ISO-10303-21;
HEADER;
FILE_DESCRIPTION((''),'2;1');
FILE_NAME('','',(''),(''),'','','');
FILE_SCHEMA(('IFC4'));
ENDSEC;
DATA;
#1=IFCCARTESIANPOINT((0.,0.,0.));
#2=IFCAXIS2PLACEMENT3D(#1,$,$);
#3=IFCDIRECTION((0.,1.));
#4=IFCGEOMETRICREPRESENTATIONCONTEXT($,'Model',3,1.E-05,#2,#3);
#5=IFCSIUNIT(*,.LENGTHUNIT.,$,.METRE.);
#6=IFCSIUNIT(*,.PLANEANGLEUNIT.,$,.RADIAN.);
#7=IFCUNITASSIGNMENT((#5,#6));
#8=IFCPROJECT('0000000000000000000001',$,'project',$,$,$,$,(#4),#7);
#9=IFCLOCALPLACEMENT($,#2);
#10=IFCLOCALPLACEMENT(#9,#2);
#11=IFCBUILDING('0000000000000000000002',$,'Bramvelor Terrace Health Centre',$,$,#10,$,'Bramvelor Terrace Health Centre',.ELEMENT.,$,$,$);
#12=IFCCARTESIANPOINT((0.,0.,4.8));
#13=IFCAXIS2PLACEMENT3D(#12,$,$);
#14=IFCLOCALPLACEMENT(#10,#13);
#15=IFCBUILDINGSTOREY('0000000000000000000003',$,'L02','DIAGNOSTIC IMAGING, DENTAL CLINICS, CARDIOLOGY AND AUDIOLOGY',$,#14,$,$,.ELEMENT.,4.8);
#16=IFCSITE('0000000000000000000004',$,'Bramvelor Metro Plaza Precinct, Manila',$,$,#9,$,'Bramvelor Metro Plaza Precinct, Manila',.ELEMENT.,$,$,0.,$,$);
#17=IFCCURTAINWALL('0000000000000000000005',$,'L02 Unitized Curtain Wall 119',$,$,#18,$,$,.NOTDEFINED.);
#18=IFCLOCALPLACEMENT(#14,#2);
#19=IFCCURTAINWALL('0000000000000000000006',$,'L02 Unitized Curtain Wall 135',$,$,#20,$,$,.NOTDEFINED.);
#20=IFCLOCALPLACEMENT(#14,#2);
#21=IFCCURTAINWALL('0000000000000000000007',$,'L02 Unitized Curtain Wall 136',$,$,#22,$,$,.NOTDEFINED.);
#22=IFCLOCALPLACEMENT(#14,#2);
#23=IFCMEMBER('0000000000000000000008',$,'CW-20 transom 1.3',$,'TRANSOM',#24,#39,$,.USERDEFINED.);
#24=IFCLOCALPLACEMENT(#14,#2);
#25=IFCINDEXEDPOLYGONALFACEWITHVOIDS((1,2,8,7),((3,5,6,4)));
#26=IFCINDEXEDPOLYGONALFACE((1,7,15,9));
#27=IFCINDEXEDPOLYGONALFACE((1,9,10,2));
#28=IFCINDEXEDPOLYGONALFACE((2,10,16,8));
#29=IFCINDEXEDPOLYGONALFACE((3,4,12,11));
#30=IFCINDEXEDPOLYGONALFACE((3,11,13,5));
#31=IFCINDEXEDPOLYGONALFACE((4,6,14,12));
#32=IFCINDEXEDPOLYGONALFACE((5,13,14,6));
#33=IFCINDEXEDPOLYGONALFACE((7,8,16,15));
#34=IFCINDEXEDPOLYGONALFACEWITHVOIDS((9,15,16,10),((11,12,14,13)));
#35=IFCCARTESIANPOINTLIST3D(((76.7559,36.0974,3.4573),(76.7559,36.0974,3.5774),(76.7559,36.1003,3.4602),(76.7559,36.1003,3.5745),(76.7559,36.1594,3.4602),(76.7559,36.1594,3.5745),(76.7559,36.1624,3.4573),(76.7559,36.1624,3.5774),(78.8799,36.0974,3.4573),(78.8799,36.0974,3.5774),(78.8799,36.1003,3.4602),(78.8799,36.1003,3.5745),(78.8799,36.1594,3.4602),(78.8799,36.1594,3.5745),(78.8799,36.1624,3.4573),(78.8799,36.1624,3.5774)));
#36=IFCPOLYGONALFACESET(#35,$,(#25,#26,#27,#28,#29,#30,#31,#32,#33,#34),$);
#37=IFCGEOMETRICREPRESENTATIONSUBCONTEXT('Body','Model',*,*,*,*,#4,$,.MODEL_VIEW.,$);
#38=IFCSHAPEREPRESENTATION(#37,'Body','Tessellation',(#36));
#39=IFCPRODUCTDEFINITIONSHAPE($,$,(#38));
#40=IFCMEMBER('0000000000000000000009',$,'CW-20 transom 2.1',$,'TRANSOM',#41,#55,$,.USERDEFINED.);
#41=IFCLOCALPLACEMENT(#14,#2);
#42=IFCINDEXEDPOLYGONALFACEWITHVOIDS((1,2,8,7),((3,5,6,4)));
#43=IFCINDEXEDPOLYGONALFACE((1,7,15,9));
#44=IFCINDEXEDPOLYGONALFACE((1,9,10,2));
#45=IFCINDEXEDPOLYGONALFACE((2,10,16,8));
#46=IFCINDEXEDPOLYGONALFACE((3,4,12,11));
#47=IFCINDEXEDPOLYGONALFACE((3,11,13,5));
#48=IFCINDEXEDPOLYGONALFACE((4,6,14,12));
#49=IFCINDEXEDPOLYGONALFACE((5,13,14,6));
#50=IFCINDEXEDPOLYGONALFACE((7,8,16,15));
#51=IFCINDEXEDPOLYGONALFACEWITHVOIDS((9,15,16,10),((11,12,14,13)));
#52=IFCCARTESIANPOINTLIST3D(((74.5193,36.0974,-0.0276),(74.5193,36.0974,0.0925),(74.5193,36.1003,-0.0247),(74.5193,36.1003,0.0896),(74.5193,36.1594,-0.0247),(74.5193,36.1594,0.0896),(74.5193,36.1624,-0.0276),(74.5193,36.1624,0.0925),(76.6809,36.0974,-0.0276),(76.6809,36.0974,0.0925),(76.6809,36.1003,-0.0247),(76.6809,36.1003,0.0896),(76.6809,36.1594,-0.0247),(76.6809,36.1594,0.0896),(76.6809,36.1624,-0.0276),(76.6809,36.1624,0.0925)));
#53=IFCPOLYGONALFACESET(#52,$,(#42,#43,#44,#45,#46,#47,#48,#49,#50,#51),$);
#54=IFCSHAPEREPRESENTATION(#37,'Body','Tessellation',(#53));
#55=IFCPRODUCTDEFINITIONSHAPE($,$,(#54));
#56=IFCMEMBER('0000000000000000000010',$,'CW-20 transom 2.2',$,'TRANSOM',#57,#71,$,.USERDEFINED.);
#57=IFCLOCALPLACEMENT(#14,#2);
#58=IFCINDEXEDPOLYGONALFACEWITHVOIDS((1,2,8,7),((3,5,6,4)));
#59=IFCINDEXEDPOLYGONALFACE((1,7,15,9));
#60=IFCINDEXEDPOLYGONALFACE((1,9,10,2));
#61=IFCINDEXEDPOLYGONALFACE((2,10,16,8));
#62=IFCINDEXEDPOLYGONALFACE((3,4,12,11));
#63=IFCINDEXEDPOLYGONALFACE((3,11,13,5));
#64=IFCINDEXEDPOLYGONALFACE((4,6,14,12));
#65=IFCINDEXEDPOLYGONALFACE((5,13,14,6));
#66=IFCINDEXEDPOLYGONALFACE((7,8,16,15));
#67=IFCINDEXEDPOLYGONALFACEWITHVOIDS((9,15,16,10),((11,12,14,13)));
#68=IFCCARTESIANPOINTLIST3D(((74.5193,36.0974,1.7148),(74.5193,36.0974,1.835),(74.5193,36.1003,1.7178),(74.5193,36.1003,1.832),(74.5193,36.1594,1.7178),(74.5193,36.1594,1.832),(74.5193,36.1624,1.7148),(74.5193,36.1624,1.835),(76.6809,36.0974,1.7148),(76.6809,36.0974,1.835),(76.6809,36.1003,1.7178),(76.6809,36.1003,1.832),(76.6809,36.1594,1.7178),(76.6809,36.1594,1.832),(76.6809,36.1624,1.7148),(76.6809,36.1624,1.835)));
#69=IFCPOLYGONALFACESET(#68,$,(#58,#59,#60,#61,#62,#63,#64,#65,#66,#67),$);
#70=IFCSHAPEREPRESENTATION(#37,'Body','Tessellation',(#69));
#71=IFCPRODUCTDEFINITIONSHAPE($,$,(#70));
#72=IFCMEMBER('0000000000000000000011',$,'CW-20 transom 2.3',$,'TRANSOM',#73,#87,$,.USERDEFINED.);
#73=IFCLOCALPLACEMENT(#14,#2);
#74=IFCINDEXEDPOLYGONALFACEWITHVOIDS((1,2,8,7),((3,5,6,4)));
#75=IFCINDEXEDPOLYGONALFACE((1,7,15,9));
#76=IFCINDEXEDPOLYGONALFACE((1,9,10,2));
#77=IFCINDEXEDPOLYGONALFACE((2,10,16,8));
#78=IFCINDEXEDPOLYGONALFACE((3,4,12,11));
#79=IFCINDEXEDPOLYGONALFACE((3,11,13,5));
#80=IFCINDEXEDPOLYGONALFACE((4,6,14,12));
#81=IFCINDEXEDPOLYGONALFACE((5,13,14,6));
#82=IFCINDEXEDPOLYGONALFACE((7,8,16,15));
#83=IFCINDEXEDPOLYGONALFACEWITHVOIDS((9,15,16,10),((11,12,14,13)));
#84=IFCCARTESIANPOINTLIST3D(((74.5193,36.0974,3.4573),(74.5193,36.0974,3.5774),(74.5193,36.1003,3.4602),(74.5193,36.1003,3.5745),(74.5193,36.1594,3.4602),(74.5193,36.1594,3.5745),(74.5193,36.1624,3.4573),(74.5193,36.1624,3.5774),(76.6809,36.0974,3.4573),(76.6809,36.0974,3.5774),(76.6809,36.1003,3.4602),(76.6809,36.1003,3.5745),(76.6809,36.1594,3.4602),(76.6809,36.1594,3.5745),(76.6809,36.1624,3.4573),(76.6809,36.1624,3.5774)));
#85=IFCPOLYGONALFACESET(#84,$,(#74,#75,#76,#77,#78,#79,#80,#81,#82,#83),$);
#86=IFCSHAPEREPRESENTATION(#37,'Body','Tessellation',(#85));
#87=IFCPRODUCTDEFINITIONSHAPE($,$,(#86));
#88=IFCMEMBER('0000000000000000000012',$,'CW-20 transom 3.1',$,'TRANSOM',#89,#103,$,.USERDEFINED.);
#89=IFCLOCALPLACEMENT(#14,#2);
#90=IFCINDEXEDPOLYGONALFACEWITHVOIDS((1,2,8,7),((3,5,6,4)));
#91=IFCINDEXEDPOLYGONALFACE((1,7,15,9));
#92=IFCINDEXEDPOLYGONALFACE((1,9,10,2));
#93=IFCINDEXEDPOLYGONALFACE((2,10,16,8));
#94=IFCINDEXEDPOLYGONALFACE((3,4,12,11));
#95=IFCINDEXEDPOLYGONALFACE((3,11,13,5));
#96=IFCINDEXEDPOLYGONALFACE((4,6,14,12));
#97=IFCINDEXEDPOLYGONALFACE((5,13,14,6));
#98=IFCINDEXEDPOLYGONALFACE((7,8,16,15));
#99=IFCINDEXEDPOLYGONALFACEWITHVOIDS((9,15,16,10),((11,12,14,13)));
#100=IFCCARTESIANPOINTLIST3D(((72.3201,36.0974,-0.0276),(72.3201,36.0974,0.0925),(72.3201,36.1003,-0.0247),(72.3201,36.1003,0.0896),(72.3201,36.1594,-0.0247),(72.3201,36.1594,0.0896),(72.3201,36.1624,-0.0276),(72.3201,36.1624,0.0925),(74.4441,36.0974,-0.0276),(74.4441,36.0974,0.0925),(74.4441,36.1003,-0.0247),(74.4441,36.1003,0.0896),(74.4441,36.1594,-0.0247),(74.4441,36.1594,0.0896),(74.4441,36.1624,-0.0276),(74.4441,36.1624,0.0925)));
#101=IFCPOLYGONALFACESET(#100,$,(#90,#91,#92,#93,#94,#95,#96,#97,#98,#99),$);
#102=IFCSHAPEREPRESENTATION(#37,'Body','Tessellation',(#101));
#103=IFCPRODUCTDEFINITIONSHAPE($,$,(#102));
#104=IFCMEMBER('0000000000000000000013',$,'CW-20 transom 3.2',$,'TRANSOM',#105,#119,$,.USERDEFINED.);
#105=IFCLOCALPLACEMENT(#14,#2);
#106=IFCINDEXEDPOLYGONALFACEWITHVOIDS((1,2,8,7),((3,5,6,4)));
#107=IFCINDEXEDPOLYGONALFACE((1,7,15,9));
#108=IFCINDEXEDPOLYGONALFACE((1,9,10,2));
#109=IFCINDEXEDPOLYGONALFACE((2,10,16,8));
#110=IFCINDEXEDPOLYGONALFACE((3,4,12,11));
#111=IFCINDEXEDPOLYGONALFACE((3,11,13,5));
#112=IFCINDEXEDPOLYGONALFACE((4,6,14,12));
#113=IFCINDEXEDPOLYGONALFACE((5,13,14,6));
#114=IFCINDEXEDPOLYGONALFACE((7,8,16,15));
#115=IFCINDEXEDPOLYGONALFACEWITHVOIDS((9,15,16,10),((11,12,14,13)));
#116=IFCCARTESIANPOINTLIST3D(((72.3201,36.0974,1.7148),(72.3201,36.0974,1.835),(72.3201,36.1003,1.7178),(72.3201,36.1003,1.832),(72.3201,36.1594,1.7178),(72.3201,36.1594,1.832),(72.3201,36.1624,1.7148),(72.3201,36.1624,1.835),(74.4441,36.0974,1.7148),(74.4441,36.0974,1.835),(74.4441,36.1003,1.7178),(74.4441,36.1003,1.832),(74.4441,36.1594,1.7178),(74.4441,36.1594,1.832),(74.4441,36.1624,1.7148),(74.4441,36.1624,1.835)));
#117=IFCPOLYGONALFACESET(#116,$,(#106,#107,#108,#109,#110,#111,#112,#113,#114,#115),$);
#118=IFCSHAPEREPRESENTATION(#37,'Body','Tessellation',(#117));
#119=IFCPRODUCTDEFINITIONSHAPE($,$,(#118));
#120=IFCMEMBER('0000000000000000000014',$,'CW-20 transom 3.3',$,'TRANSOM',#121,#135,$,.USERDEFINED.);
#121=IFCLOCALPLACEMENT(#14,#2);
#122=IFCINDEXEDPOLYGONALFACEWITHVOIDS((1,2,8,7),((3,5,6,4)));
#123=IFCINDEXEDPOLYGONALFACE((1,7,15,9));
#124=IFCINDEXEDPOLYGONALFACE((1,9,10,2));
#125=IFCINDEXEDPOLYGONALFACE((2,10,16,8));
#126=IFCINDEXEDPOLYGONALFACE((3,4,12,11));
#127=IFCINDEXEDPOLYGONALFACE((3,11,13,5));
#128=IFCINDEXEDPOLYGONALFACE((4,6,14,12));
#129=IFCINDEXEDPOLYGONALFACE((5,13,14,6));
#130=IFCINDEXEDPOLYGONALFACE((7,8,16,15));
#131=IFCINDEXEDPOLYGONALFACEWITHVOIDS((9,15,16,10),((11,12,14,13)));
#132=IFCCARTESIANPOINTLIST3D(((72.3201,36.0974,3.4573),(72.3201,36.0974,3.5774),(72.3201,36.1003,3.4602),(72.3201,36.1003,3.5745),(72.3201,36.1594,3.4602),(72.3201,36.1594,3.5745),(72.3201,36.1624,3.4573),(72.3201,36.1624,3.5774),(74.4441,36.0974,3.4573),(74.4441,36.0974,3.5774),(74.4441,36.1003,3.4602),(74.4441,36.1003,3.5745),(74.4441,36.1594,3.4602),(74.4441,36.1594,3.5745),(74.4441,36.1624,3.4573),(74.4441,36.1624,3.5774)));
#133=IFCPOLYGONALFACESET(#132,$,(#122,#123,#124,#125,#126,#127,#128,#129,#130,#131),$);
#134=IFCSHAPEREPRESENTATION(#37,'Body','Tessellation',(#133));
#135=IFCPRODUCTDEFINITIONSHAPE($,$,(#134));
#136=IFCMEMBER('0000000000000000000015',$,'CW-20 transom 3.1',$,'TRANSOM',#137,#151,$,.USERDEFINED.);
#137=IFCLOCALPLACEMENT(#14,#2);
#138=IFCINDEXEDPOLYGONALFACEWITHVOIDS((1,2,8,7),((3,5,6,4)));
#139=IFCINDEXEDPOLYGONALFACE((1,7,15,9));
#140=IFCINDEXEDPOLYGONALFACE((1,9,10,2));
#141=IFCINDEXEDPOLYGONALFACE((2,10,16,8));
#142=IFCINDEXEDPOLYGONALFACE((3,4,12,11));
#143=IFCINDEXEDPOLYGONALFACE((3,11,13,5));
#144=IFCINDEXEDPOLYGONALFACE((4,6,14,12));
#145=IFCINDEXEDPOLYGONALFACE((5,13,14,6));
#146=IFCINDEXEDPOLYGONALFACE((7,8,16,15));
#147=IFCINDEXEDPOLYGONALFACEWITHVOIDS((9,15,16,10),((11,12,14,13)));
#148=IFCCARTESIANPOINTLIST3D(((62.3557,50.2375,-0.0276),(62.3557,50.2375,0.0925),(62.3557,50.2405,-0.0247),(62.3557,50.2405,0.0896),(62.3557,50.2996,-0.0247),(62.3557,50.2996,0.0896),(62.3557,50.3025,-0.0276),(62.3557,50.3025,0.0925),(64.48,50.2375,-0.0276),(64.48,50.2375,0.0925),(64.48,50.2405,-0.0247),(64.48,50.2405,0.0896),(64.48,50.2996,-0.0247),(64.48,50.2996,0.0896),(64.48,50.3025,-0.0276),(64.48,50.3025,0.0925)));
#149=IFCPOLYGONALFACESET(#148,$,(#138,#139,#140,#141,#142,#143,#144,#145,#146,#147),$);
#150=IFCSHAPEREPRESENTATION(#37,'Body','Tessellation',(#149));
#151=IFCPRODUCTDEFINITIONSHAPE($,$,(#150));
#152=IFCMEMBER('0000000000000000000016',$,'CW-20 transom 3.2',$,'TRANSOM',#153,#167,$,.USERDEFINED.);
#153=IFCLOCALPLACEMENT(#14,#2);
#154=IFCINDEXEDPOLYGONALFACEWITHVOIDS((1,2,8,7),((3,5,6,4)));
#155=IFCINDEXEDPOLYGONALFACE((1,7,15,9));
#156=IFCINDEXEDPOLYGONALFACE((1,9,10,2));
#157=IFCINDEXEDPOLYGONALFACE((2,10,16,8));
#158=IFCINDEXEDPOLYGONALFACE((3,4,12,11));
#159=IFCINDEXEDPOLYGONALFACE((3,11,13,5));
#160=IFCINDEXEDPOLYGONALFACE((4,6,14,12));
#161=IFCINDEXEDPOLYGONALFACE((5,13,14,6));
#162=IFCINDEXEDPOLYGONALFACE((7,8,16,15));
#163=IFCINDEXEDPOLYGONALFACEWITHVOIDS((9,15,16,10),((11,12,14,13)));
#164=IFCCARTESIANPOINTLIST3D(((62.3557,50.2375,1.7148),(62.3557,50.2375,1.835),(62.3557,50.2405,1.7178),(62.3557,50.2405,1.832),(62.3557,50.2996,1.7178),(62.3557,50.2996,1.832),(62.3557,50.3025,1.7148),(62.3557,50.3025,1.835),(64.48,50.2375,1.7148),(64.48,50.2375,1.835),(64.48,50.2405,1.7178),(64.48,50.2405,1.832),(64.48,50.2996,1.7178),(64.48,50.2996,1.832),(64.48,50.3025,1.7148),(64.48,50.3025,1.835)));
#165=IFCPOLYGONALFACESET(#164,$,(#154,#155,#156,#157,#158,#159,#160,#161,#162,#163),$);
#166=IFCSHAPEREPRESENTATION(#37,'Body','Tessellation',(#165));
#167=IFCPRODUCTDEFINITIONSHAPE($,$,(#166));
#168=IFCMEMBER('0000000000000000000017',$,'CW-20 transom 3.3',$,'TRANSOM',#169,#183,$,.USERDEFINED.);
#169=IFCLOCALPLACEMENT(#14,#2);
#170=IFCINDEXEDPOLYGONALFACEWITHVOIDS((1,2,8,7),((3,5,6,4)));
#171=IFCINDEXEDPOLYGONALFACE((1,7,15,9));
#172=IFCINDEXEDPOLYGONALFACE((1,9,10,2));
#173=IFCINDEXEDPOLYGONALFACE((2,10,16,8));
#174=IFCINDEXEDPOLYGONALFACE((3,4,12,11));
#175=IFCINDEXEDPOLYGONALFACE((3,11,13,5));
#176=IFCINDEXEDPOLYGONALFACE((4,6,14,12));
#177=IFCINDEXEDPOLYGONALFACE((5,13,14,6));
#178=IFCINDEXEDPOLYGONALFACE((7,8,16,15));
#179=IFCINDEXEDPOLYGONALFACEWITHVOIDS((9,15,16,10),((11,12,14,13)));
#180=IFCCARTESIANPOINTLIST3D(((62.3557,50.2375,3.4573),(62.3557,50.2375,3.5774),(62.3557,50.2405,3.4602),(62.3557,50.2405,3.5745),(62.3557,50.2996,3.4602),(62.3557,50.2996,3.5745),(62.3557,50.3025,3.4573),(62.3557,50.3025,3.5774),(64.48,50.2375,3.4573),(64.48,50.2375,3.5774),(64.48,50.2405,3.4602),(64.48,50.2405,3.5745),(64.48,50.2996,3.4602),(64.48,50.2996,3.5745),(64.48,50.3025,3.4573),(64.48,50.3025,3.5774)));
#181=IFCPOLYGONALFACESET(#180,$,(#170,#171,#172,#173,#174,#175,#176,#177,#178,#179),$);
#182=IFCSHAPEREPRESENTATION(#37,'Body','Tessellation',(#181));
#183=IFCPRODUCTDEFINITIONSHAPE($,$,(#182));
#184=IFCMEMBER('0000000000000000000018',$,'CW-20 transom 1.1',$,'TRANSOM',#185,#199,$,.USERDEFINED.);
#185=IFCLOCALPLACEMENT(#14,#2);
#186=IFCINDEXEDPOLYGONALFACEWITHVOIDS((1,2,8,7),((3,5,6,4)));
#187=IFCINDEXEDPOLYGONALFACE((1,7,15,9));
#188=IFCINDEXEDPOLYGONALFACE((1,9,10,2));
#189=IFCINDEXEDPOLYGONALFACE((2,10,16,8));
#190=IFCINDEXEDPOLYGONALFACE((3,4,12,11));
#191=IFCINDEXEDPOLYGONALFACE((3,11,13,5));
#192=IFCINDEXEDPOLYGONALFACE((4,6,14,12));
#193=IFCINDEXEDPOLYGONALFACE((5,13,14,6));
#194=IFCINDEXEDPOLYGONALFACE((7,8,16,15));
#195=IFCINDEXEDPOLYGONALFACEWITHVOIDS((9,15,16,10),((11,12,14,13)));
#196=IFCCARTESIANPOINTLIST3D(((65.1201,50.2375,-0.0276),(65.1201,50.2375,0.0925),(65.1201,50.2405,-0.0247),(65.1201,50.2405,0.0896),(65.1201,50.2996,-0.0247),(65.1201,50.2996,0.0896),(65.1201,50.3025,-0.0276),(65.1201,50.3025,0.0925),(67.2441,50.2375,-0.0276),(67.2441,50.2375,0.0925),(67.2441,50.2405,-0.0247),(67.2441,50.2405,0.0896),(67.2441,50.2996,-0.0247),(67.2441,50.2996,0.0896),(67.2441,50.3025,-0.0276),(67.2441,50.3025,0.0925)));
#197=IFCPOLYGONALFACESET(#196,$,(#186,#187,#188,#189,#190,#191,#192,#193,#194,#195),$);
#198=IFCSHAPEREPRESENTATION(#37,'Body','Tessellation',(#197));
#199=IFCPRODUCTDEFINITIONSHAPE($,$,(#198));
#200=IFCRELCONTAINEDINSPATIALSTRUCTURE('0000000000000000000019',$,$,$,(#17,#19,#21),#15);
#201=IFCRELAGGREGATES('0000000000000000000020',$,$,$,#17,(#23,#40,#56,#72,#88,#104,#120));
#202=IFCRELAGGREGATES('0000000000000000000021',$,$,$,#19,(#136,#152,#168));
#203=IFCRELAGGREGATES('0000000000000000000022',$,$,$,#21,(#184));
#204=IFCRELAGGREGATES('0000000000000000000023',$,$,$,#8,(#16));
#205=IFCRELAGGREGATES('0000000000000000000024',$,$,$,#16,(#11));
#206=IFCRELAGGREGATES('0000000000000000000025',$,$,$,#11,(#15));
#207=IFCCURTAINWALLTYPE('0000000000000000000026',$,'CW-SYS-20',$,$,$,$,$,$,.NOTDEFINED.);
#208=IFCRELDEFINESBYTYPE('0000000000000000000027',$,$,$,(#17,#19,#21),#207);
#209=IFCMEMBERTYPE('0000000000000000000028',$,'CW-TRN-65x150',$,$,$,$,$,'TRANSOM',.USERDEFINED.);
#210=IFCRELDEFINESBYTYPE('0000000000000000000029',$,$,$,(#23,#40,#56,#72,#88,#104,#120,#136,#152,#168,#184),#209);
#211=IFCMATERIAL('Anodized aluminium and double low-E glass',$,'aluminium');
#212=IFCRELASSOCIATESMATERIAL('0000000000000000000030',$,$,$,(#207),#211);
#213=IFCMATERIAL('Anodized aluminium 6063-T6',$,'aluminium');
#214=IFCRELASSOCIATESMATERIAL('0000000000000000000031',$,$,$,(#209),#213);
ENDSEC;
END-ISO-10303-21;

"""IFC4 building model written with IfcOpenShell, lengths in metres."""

from ifc_helpers import new_model, si_unit, direction, frame, origin, origin_2d, place, context, subcontext, project, spatial, hollow_rectangle, extrude, material, material_profile, profile_set, type_object, element, aggregate, save


model = new_model("IFC4")

# Units and contexts
model_context = context("Model", 3, precision=1e-05, world=origin(), true_north=direction((0.0, 1.0)))
body_context = subcontext(model_context, "Body", "Model", "MODEL_VIEW")
ifc_project = project(units=[si_unit("LENGTHUNIT", "METRE"), si_unit("PLANEANGLEUNIT", "RADIAN")], contexts=[model_context])

# Site, building, storey
site_placement = place(None, origin())
site = spatial("IfcSite", under=ifc_project, at=site_placement, Name="Bramvelor Metro Plaza Precinct, Manila", LongName="Bramvelor Metro Plaza Precinct, Manila", CompositionType="ELEMENT", RefElevation=0.0)
building_placement = place(site_placement, origin())
building = spatial("IfcBuilding", under=site, at=building_placement, Name="Bramvelor Terrace Health Centre", LongName="Bramvelor Terrace Health Centre", CompositionType="ELEMENT")
storey_placement = place(building_placement, frame((0.0, 0.0, 4.8)))
storey = spatial("IfcBuildingStorey", under=building, at=storey_placement, Name="L02", Description="DIAGNOSTIC IMAGING, DENTAL CLINICS, CARDIOLOGY AND AUDIOLOGY", CompositionType="ELEMENT", Elevation=4.8)

# Curtain walls
ifc_material_1 = material(Name="Anodized aluminium and double low-E glass", Category="aluminium")
curtain_wall_type = type_object("IfcCurtainWallType", Name="CW-SYS-20", PredefinedType="NOTDEFINED", material=ifc_material_1)
curtain_wall_1_placement = place(storey_placement, origin())
curtain_wall_1 = element("IfcCurtainWall", 1, at=curtain_wall_1_placement, inside=storey, type_object=curtain_wall_type, Name="L02 Unitized Curtain Wall 119", PredefinedType="NOTDEFINED")
curtain_wall_2_placement = place(storey_placement, origin())
curtain_wall_2 = element("IfcCurtainWall", 2, at=curtain_wall_2_placement, inside=storey, type_object=curtain_wall_type, Name="L02 Unitized Curtain Wall 135", PredefinedType="NOTDEFINED")
curtain_wall_3_placement = place(storey_placement, origin())
curtain_wall_3 = element("IfcCurtainWall", 3, at=curtain_wall_3_placement, inside=storey, type_object=curtain_wall_type, Name="L02 Unitized Curtain Wall 136", PredefinedType="NOTDEFINED")

# Members
ifc_material_2 = material(Name="Anodized aluminium 6063-T6", Category="aluminium")
ifc_material_profile_1 = material_profile(ifc_material_2, hollow_rectangle(XDim=0.0649, YDim=0.1201, WallThickness=0.0029, at=origin_2d()), Name="ALU-TRN 65x120x3.0")
ifc_profile_set_1 = profile_set([ifc_material_profile_1], Name="Anodized aluminium 6063-T6")
member_type_1 = type_object("IfcMemberType", Name="CW-TRN-65x150", ElementType="TRANSOM", PredefinedType="USERDEFINED", material=ifc_profile_set_1)
member_1_placement = place(storey_placement, frame((78.8799, 36.1299, 3.5173), z_axis=(-1.0, 0.0, 0.0), x_axis=(0.0, -1.0, 0.0)))
member_1 = element("IfcMember", 4, at=member_1_placement, type_object=member_type_1, Name="CW-20 transom 1.3", ObjectType="TRANSOM", PredefinedType="USERDEFINED", context=body_context, shape_type="SweptSolid", body=[
    extrude(hollow_rectangle(XDim=0.0649, YDim=0.1201, WallThickness=0.0029, at=origin_2d()), origin(), (0.0, 0.0, 1.0), 2.124),
])
member_2_placement = place(storey_placement, frame((76.6809, 36.1299, 0.0325), z_axis=(-1.0, 0.0, 0.0), x_axis=(0.0, -1.0, 0.0)))
member_2 = element("IfcMember", 5, at=member_2_placement, type_object=member_type_1, Name="CW-20 transom 2.1", ObjectType="TRANSOM", PredefinedType="USERDEFINED", context=body_context, shape_type="SweptSolid", body=[
    extrude(hollow_rectangle(XDim=0.0649, YDim=0.1201, WallThickness=0.0029, at=origin_2d()), origin(), (0.0, 0.0, 1.0), 2.1616),
])
member_3_placement = place(storey_placement, frame((76.6809, 36.1299, 1.7749), z_axis=(-1.0, 0.0, 0.0), x_axis=(0.0, -1.0, 0.0)))
member_3 = element("IfcMember", 6, at=member_3_placement, type_object=member_type_1, Name="CW-20 transom 2.2", ObjectType="TRANSOM", PredefinedType="USERDEFINED", context=body_context, shape_type="SweptSolid", body=[
    extrude(hollow_rectangle(XDim=0.0649, YDim=0.1201, WallThickness=0.0029, at=origin_2d()), origin(), (0.0, 0.0, 1.0), 2.1616),
])
member_4_placement = place(storey_placement, frame((76.6809, 36.1299, 3.5173), z_axis=(-1.0, 0.0, 0.0), x_axis=(0.0, -1.0, 0.0)))
member_4 = element("IfcMember", 7, at=member_4_placement, type_object=member_type_1, Name="CW-20 transom 2.3", ObjectType="TRANSOM", PredefinedType="USERDEFINED", context=body_context, shape_type="SweptSolid", body=[
    extrude(hollow_rectangle(XDim=0.0649, YDim=0.1201, WallThickness=0.0029, at=origin_2d()), origin(), (0.0, 0.0, 1.0), 2.1616),
])
member_5_placement = place(storey_placement, frame((74.4441, 36.1299, 0.0325), z_axis=(-1.0, 0.0, 0.0), x_axis=(0.0, -1.0, 0.0)))
member_5 = element("IfcMember", 8, at=member_5_placement, type_object=member_type_1, Name="CW-20 transom 3.1", ObjectType="TRANSOM", PredefinedType="USERDEFINED", context=body_context, shape_type="SweptSolid", body=[
    extrude(hollow_rectangle(XDim=0.0649, YDim=0.1201, WallThickness=0.0029, at=origin_2d()), origin(), (0.0, 0.0, 1.0), 2.124),
])
member_6_placement = place(storey_placement, frame((74.4441, 36.1299, 1.7749), z_axis=(-1.0, 0.0, 0.0), x_axis=(0.0, -1.0, 0.0)))
member_6 = element("IfcMember", 9, at=member_6_placement, type_object=member_type_1, Name="CW-20 transom 3.2", ObjectType="TRANSOM", PredefinedType="USERDEFINED", context=body_context, shape_type="SweptSolid", body=[
    extrude(hollow_rectangle(XDim=0.0649, YDim=0.1201, WallThickness=0.0029, at=origin_2d()), origin(), (0.0, 0.0, 1.0), 2.124),
])
member_7_placement = place(storey_placement, frame((74.4441, 36.1299, 3.5173), z_axis=(-1.0, 0.0, 0.0), x_axis=(0.0, -1.0, 0.0)))
member_7 = element("IfcMember", 10, at=member_7_placement, type_object=member_type_1, Name="CW-20 transom 3.3", ObjectType="TRANSOM", PredefinedType="USERDEFINED", context=body_context, shape_type="SweptSolid", body=[
    extrude(hollow_rectangle(XDim=0.0649, YDim=0.1201, WallThickness=0.0029, at=origin_2d()), origin(), (0.0, 0.0, 1.0), 2.124),
])
member_8_placement = place(storey_placement, frame((62.3557, 50.27, 0.0325), z_axis=(1.0, 0.0, 0.0), x_axis=(0.0, 1.0, 0.0)))
member_8 = element("IfcMember", 11, at=member_8_placement, type_object=member_type_1, Name="CW-20 transom 3.1", ObjectType="TRANSOM", PredefinedType="USERDEFINED", context=body_context, shape_type="SweptSolid", body=[
    extrude(hollow_rectangle(XDim=0.0649, YDim=0.1201, WallThickness=0.0029, at=origin_2d()), origin(), (0.0, 0.0, 1.0), 2.1243),
])
member_9_placement = place(storey_placement, frame((62.3557, 50.27, 1.7749), z_axis=(1.0, 0.0, 0.0), x_axis=(0.0, 1.0, 0.0)))
member_9 = element("IfcMember", 12, at=member_9_placement, type_object=member_type_1, Name="CW-20 transom 3.2", ObjectType="TRANSOM", PredefinedType="USERDEFINED", context=body_context, shape_type="SweptSolid", body=[
    extrude(hollow_rectangle(XDim=0.0649, YDim=0.1201, WallThickness=0.0029, at=origin_2d()), origin(), (0.0, 0.0, 1.0), 2.1243),
])
member_10_placement = place(storey_placement, frame((62.3557, 50.27, 3.5173), z_axis=(1.0, 0.0, 0.0), x_axis=(0.0, 1.0, 0.0)))
member_10 = element("IfcMember", 13, at=member_10_placement, type_object=member_type_1, Name="CW-20 transom 3.3", ObjectType="TRANSOM", PredefinedType="USERDEFINED", context=body_context, shape_type="SweptSolid", body=[
    extrude(hollow_rectangle(XDim=0.0649, YDim=0.1201, WallThickness=0.0029, at=origin_2d()), origin(), (0.0, 0.0, 1.0), 2.1243),
])
member_11_placement = place(storey_placement, frame((65.1201, 50.27, 0.0325), z_axis=(1.0, 0.0, 0.0), x_axis=(0.0, 1.0, 0.0)))
member_11 = element("IfcMember", 14, at=member_11_placement, type_object=member_type_1, Name="CW-20 transom 1.1", ObjectType="TRANSOM", PredefinedType="USERDEFINED", context=body_context, shape_type="SweptSolid", body=[
    extrude(hollow_rectangle(XDim=0.0649, YDim=0.1201, WallThickness=0.0029, at=origin_2d()), origin(), (0.0, 0.0, 1.0), 2.124),
])

aggregate(curtain_wall_1, [member_1, member_2, member_3, member_4, member_5, member_6, member_7])
aggregate(curtain_wall_2, [member_8, member_9, member_10])
aggregate(curtain_wall_3, [member_11])

save(model, "model.ifc")
